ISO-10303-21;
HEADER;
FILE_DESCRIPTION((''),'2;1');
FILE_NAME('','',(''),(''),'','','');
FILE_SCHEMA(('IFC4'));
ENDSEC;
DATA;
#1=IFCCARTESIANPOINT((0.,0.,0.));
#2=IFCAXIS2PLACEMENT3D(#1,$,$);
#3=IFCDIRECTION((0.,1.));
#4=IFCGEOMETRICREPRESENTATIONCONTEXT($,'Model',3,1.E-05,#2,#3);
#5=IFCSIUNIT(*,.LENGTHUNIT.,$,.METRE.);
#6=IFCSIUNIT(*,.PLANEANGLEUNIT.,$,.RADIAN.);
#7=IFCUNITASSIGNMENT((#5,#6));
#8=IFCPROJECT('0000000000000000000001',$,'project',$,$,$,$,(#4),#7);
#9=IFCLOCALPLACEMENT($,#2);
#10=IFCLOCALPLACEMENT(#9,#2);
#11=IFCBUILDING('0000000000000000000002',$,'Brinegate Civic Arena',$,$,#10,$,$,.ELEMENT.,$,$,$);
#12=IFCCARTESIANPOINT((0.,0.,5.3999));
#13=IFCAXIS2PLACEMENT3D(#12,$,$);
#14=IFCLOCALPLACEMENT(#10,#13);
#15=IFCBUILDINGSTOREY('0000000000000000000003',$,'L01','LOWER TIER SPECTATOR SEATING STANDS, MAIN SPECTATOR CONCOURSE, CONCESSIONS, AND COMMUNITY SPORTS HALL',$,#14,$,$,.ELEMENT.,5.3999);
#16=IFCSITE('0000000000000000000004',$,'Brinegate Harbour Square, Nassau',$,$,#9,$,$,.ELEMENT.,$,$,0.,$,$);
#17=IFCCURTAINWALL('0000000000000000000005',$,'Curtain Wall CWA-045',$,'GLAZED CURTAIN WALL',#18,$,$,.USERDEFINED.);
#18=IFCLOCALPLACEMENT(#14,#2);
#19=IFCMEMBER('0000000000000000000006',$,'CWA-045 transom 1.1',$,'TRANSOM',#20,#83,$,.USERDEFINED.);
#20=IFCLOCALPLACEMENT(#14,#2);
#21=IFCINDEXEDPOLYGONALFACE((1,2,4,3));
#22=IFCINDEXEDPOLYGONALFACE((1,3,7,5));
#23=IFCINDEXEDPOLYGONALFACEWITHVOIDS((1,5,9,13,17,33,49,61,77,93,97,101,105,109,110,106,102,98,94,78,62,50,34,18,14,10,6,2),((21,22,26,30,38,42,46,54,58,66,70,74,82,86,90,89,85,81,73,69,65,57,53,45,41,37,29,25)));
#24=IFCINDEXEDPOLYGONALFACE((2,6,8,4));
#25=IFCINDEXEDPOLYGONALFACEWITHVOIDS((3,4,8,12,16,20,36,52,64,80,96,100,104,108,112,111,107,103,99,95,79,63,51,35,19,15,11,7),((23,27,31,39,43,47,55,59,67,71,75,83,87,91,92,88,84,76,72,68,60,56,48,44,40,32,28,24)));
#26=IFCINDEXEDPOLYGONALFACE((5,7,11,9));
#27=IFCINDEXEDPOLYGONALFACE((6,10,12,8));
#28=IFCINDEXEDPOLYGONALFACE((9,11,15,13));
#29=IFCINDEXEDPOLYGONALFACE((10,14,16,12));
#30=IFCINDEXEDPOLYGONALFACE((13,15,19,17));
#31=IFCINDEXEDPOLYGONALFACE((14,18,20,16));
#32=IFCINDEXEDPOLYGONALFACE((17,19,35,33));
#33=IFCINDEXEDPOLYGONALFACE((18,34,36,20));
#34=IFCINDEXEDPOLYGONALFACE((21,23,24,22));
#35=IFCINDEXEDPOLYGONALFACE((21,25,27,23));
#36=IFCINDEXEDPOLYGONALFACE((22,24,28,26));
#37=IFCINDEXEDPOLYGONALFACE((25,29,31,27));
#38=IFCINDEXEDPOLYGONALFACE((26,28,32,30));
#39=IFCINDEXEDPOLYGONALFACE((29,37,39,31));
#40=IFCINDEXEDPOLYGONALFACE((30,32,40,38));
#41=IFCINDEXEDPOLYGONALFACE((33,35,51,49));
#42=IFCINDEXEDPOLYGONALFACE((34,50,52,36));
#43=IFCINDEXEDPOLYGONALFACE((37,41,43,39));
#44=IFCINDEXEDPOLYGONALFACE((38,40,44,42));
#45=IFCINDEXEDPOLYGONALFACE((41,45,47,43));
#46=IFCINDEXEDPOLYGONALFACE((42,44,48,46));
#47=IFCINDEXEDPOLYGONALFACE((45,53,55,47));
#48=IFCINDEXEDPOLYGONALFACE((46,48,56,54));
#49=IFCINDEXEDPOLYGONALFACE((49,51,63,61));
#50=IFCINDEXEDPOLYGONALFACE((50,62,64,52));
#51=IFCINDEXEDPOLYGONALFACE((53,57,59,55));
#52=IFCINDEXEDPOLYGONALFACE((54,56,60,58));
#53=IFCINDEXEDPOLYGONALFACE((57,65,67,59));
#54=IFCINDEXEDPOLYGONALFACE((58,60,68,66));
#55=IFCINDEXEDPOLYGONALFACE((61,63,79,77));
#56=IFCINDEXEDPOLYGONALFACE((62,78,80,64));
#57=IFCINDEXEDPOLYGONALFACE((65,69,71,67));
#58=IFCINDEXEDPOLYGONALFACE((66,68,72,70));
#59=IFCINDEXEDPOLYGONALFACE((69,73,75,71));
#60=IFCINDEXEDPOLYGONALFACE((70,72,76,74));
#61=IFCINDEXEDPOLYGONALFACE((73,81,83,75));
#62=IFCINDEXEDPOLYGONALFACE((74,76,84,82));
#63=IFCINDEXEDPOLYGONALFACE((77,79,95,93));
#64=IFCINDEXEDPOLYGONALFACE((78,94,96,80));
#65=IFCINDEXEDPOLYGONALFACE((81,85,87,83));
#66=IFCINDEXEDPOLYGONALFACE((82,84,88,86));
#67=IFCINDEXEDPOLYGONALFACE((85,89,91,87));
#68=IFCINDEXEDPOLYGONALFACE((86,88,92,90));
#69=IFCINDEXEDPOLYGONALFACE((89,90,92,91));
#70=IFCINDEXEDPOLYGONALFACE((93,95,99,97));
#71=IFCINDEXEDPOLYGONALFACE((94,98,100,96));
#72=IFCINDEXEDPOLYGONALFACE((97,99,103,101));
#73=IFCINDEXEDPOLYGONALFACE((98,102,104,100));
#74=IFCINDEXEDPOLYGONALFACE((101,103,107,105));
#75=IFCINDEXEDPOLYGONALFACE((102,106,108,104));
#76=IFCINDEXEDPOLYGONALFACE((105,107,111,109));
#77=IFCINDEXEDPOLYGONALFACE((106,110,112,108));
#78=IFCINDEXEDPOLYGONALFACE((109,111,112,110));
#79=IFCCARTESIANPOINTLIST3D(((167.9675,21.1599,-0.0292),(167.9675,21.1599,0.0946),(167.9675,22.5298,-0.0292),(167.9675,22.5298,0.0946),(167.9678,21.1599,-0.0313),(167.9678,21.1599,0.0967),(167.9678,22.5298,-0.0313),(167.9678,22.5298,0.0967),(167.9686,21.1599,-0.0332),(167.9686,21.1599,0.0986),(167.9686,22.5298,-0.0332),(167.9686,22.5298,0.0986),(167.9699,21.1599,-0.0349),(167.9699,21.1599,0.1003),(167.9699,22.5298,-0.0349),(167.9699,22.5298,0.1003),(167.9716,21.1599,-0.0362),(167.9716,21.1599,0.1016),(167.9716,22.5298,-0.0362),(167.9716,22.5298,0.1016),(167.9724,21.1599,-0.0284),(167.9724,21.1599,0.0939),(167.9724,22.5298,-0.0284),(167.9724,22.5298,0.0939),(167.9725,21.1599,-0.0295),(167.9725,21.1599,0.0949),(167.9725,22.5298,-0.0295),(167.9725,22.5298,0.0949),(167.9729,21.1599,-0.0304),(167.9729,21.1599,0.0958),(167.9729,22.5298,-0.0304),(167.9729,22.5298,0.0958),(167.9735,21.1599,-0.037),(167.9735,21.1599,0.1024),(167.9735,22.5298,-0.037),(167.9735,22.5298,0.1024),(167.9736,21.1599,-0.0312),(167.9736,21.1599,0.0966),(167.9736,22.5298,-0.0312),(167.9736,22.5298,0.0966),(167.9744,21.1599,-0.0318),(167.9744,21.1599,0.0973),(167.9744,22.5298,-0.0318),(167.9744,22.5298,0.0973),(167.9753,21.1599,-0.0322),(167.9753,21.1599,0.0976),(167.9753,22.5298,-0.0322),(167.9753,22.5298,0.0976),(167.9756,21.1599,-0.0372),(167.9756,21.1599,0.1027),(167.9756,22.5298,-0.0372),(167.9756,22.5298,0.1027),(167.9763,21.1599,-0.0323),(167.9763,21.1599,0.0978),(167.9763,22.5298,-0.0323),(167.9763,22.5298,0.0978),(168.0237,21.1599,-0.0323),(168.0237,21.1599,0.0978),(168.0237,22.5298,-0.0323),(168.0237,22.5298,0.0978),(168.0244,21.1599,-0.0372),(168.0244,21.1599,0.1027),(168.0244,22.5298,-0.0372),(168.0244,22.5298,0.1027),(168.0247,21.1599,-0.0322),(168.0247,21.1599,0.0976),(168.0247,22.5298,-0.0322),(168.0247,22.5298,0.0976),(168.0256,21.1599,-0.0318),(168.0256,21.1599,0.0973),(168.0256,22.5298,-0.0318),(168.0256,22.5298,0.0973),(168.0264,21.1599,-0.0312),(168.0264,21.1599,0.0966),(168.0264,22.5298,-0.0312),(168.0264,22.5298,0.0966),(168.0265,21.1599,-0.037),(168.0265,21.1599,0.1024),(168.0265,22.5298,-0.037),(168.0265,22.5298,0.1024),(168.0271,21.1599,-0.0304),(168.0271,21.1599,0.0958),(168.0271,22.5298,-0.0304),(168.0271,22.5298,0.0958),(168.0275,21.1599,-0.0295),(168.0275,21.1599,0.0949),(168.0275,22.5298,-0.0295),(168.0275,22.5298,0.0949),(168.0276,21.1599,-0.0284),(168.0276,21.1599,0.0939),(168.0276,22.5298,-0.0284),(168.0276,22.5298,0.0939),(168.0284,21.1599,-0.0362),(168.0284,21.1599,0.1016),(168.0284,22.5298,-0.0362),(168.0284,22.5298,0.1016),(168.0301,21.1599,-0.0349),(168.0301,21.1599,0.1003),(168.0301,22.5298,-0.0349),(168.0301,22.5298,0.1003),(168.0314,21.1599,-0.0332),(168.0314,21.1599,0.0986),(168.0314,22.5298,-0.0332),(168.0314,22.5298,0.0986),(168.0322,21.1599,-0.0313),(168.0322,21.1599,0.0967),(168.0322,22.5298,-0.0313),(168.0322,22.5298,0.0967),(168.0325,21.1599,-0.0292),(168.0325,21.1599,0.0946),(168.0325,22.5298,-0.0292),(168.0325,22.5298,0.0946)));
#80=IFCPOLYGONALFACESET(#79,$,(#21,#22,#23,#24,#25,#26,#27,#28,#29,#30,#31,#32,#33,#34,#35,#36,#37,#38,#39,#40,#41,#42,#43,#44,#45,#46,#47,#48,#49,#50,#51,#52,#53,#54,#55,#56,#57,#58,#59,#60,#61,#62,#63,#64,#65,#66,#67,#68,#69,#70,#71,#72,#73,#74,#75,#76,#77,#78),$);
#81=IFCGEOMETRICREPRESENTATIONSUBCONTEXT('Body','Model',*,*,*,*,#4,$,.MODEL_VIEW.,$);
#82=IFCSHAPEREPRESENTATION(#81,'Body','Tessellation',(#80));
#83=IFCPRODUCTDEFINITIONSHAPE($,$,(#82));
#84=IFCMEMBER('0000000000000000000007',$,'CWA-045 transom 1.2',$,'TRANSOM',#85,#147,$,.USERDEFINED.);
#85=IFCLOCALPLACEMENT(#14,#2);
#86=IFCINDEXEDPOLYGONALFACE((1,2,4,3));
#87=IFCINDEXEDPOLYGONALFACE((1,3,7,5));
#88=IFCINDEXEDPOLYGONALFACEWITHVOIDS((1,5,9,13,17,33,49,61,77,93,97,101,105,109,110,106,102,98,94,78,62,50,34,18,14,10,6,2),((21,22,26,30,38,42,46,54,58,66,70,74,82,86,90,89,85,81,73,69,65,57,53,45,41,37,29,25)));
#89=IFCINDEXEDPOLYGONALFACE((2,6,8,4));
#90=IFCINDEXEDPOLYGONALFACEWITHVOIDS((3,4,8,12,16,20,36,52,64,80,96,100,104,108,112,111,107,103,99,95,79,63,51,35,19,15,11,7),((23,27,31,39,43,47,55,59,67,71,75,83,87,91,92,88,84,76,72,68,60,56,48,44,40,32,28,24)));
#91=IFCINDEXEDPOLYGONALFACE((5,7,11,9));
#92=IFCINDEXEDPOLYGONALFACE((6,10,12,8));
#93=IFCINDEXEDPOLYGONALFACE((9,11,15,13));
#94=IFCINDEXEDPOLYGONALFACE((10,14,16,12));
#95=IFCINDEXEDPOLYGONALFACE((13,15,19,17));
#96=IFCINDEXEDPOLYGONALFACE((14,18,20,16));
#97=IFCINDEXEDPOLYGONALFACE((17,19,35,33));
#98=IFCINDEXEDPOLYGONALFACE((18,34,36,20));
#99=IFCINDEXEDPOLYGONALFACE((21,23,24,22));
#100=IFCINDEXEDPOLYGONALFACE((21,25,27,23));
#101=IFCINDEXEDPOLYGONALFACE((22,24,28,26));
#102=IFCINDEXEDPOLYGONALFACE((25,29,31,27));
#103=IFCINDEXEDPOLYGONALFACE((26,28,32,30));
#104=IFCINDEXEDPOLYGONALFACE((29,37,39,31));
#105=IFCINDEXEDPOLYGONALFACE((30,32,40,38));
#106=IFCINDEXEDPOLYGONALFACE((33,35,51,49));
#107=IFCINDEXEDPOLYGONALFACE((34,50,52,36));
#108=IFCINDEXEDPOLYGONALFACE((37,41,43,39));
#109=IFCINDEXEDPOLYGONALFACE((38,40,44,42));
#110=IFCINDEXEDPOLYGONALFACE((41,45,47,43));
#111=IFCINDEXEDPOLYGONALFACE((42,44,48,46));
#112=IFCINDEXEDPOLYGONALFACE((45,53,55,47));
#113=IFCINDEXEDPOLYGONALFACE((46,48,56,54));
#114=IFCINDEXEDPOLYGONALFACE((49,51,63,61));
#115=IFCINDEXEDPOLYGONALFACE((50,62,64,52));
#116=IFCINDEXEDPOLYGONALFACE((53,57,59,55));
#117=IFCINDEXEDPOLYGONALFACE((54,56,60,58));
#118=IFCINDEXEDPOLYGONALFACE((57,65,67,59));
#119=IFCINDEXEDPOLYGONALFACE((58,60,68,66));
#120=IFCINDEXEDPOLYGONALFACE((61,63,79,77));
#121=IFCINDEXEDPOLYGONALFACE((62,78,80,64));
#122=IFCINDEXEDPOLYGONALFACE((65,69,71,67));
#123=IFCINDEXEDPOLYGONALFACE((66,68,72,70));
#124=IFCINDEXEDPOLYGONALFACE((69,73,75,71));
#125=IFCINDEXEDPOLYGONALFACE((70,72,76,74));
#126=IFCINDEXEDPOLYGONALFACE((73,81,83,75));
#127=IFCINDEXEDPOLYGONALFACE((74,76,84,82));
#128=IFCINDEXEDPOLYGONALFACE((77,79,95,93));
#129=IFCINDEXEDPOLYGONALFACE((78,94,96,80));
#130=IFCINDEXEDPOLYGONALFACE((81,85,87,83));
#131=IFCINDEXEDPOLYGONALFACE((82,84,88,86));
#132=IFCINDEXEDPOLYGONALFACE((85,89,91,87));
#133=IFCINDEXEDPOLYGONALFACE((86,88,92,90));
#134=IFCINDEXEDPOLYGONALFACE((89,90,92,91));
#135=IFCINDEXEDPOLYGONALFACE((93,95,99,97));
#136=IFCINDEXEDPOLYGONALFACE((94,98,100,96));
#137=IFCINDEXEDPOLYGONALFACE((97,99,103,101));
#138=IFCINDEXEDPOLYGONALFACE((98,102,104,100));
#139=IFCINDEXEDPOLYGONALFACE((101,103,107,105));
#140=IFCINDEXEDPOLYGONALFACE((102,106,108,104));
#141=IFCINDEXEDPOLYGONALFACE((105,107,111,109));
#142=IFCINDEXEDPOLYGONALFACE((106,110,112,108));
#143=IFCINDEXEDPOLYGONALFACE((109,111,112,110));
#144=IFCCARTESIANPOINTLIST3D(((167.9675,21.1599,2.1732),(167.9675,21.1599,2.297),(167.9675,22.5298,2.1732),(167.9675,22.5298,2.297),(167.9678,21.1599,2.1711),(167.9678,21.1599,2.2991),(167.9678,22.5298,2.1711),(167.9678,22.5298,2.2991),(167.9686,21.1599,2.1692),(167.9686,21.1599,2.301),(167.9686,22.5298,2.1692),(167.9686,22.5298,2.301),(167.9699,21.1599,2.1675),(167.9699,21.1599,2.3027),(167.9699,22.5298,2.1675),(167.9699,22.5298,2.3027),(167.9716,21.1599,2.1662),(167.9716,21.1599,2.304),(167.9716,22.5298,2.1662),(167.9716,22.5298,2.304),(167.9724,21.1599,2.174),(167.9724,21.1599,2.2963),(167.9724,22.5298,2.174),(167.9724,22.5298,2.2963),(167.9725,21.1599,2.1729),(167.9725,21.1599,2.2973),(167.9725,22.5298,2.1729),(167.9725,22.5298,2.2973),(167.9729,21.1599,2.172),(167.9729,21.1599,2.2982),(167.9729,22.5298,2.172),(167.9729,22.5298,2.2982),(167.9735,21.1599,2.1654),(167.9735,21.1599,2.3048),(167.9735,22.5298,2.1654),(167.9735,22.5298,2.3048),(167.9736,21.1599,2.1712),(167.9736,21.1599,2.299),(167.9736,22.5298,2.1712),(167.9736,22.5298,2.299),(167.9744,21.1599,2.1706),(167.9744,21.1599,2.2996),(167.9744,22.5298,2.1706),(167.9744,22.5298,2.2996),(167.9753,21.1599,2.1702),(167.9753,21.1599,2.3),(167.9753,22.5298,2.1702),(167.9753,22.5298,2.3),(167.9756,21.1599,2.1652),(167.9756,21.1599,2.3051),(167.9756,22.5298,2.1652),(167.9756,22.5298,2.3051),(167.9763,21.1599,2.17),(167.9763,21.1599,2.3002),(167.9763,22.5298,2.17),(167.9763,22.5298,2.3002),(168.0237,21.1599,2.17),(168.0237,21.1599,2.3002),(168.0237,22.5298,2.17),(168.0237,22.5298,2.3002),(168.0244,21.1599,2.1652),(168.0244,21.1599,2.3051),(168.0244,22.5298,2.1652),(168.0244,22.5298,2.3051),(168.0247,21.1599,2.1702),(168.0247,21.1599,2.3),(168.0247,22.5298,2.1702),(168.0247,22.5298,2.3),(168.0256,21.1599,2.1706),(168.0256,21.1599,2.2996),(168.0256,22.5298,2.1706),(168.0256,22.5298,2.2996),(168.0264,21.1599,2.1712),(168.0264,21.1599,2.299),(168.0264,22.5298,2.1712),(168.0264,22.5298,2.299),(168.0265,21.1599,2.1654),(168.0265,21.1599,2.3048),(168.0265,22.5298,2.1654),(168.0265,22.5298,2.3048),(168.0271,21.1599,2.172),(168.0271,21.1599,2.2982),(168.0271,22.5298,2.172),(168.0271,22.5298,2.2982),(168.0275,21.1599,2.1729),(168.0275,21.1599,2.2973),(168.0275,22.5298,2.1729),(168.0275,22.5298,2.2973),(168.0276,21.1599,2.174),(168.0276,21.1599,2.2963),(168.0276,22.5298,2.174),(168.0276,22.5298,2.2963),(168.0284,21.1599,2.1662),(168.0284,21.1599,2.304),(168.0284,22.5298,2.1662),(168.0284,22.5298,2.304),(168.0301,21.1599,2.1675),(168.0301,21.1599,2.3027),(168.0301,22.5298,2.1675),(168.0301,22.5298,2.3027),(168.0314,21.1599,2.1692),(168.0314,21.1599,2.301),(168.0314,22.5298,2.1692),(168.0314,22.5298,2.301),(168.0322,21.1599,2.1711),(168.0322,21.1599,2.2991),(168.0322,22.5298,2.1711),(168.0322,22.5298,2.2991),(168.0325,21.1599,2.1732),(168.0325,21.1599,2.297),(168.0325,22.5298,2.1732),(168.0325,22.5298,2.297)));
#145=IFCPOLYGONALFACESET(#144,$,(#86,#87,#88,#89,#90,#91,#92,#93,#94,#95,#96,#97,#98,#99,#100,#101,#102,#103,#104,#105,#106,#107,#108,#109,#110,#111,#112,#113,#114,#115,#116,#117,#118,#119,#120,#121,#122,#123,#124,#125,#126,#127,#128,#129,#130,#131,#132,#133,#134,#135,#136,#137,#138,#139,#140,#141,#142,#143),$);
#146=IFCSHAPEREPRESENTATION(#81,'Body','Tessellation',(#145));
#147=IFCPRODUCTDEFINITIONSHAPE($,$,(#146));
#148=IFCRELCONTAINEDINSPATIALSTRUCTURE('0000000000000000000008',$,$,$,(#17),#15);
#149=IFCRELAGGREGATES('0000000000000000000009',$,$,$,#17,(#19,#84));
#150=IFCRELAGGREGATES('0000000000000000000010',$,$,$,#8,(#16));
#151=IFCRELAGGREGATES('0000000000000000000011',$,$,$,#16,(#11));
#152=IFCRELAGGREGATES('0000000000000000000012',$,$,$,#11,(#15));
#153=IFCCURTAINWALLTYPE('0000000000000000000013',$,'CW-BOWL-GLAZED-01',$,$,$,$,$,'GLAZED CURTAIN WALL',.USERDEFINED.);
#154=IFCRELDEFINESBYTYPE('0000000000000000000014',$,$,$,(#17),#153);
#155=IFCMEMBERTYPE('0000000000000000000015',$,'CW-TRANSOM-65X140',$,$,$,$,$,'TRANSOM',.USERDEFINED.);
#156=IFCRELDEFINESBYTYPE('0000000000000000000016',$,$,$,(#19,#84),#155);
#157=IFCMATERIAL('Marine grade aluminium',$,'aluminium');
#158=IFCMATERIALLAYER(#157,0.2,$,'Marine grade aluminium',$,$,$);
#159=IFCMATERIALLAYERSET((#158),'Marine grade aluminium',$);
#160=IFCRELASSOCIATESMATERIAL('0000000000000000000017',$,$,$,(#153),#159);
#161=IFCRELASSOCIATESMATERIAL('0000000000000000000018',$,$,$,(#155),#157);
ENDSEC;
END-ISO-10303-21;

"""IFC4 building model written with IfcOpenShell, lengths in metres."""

from ifc_helpers import new_model, si_unit, direction, frame, origin, origin_2d, place, context, subcontext, project, spatial, hollow_rectangle, extrude, material, layer, layer_set, material_profile, profile_set, type_object, element, aggregate, save


model = new_model("IFC4")

# Units and contexts
model_context = context("Model", 3, precision=1e-05, world=origin(), true_north=direction((0.0, 1.0)))
body_context = subcontext(model_context, "Body", "Model", "MODEL_VIEW")
ifc_project = project(units=[si_unit("LENGTHUNIT", "METRE"), si_unit("PLANEANGLEUNIT", "RADIAN")], contexts=[model_context])

# Site, building, storey
site_placement = place(None, origin())
site = spatial("IfcSite", under=ifc_project, at=site_placement, Name="Brinegate Harbour Square, Nassau", CompositionType="ELEMENT", RefElevation=0.0)
building_placement = place(site_placement, origin())
building = spatial("IfcBuilding", under=site, at=building_placement, Name="Brinegate Civic Arena", CompositionType="ELEMENT")
storey_placement = place(building_placement, frame((0.0, 0.0, 5.3999)))
storey = spatial("IfcBuildingStorey", under=building, at=storey_placement, Name="L01", Description="LOWER TIER SPECTATOR SEATING STANDS, MAIN SPECTATOR CONCOURSE, CONCESSIONS, AND COMMUNITY SPORTS HALL", CompositionType="ELEMENT", Elevation=5.3999)

# Curtain wall, members
ifc_material_1 = material(Name="Marine grade aluminium", Category="aluminium")
ifc_layer_1 = layer(ifc_material_1, 0.2, Name="Marine grade aluminium")
ifc_layer_set_1 = layer_set([ifc_layer_1], Name="Marine grade aluminium")
curtain_wall_type = type_object("IfcCurtainWallType", Name="CW-BOWL-GLAZED-01", ElementType="GLAZED CURTAIN WALL", PredefinedType="USERDEFINED", material=ifc_layer_set_1)
curtain_wall_placement = place(storey_placement, origin())
curtain_wall = element("IfcCurtainWall", 1, at=curtain_wall_placement, inside=storey, type_object=curtain_wall_type, Name="Curtain Wall CWA-045", ObjectType="GLAZED CURTAIN WALL", PredefinedType="USERDEFINED")
ifc_material_profile_1 = material_profile(ifc_material_1, hollow_rectangle(XDim=0.0649, YDim=0.1399, WallThickness=0.0049, InnerFilletRadius=0.0039, OuterFilletRadius=0.0081, at=origin_2d()), Name="TRN65X140")
ifc_profile_set_1 = profile_set([ifc_material_profile_1], Name="Marine grade aluminium")
member_type_1 = type_object("IfcMemberType", Name="CW-TRANSOM-65X140", ElementType="TRANSOM", PredefinedType="USERDEFINED", material=ifc_profile_set_1)
member_1_placement = place(storey_placement, frame((168.0, 21.1599, 0.0327), z_axis=(0.0, 1.0, 0.0), x_axis=(-1.0, 0.0, 0.0)))
member_1 = element("IfcMember", 2, at=member_1_placement, type_object=member_type_1, Name="CWA-045 transom 1.1", ObjectType="TRANSOM", PredefinedType="USERDEFINED", context=body_context, shape_type="SweptSolid", body=[
    extrude(hollow_rectangle(XDim=0.0649, YDim=0.1399, WallThickness=0.0049, InnerFilletRadius=0.0039, OuterFilletRadius=0.0081, at=origin_2d()), origin(), (0.0, 0.0, 1.0), 1.3699),
])
member_2_placement = place(storey_placement, frame((168.0, 21.1599, 2.2351), z_axis=(0.0, 1.0, 0.0), x_axis=(-1.0, 0.0, 0.0)))
member_2 = element("IfcMember", 3, at=member_2_placement, type_object=member_type_1, Name="CWA-045 transom 1.2", ObjectType="TRANSOM", PredefinedType="USERDEFINED", context=body_context, shape_type="SweptSolid", body=[
    extrude(hollow_rectangle(XDim=0.0649, YDim=0.1399, WallThickness=0.0049, InnerFilletRadius=0.0039, OuterFilletRadius=0.0081, at=origin_2d()), origin(), (0.0, 0.0, 1.0), 1.3699),
])

aggregate(curtain_wall, [member_1, member_2])

save(model, "model.ifc")
